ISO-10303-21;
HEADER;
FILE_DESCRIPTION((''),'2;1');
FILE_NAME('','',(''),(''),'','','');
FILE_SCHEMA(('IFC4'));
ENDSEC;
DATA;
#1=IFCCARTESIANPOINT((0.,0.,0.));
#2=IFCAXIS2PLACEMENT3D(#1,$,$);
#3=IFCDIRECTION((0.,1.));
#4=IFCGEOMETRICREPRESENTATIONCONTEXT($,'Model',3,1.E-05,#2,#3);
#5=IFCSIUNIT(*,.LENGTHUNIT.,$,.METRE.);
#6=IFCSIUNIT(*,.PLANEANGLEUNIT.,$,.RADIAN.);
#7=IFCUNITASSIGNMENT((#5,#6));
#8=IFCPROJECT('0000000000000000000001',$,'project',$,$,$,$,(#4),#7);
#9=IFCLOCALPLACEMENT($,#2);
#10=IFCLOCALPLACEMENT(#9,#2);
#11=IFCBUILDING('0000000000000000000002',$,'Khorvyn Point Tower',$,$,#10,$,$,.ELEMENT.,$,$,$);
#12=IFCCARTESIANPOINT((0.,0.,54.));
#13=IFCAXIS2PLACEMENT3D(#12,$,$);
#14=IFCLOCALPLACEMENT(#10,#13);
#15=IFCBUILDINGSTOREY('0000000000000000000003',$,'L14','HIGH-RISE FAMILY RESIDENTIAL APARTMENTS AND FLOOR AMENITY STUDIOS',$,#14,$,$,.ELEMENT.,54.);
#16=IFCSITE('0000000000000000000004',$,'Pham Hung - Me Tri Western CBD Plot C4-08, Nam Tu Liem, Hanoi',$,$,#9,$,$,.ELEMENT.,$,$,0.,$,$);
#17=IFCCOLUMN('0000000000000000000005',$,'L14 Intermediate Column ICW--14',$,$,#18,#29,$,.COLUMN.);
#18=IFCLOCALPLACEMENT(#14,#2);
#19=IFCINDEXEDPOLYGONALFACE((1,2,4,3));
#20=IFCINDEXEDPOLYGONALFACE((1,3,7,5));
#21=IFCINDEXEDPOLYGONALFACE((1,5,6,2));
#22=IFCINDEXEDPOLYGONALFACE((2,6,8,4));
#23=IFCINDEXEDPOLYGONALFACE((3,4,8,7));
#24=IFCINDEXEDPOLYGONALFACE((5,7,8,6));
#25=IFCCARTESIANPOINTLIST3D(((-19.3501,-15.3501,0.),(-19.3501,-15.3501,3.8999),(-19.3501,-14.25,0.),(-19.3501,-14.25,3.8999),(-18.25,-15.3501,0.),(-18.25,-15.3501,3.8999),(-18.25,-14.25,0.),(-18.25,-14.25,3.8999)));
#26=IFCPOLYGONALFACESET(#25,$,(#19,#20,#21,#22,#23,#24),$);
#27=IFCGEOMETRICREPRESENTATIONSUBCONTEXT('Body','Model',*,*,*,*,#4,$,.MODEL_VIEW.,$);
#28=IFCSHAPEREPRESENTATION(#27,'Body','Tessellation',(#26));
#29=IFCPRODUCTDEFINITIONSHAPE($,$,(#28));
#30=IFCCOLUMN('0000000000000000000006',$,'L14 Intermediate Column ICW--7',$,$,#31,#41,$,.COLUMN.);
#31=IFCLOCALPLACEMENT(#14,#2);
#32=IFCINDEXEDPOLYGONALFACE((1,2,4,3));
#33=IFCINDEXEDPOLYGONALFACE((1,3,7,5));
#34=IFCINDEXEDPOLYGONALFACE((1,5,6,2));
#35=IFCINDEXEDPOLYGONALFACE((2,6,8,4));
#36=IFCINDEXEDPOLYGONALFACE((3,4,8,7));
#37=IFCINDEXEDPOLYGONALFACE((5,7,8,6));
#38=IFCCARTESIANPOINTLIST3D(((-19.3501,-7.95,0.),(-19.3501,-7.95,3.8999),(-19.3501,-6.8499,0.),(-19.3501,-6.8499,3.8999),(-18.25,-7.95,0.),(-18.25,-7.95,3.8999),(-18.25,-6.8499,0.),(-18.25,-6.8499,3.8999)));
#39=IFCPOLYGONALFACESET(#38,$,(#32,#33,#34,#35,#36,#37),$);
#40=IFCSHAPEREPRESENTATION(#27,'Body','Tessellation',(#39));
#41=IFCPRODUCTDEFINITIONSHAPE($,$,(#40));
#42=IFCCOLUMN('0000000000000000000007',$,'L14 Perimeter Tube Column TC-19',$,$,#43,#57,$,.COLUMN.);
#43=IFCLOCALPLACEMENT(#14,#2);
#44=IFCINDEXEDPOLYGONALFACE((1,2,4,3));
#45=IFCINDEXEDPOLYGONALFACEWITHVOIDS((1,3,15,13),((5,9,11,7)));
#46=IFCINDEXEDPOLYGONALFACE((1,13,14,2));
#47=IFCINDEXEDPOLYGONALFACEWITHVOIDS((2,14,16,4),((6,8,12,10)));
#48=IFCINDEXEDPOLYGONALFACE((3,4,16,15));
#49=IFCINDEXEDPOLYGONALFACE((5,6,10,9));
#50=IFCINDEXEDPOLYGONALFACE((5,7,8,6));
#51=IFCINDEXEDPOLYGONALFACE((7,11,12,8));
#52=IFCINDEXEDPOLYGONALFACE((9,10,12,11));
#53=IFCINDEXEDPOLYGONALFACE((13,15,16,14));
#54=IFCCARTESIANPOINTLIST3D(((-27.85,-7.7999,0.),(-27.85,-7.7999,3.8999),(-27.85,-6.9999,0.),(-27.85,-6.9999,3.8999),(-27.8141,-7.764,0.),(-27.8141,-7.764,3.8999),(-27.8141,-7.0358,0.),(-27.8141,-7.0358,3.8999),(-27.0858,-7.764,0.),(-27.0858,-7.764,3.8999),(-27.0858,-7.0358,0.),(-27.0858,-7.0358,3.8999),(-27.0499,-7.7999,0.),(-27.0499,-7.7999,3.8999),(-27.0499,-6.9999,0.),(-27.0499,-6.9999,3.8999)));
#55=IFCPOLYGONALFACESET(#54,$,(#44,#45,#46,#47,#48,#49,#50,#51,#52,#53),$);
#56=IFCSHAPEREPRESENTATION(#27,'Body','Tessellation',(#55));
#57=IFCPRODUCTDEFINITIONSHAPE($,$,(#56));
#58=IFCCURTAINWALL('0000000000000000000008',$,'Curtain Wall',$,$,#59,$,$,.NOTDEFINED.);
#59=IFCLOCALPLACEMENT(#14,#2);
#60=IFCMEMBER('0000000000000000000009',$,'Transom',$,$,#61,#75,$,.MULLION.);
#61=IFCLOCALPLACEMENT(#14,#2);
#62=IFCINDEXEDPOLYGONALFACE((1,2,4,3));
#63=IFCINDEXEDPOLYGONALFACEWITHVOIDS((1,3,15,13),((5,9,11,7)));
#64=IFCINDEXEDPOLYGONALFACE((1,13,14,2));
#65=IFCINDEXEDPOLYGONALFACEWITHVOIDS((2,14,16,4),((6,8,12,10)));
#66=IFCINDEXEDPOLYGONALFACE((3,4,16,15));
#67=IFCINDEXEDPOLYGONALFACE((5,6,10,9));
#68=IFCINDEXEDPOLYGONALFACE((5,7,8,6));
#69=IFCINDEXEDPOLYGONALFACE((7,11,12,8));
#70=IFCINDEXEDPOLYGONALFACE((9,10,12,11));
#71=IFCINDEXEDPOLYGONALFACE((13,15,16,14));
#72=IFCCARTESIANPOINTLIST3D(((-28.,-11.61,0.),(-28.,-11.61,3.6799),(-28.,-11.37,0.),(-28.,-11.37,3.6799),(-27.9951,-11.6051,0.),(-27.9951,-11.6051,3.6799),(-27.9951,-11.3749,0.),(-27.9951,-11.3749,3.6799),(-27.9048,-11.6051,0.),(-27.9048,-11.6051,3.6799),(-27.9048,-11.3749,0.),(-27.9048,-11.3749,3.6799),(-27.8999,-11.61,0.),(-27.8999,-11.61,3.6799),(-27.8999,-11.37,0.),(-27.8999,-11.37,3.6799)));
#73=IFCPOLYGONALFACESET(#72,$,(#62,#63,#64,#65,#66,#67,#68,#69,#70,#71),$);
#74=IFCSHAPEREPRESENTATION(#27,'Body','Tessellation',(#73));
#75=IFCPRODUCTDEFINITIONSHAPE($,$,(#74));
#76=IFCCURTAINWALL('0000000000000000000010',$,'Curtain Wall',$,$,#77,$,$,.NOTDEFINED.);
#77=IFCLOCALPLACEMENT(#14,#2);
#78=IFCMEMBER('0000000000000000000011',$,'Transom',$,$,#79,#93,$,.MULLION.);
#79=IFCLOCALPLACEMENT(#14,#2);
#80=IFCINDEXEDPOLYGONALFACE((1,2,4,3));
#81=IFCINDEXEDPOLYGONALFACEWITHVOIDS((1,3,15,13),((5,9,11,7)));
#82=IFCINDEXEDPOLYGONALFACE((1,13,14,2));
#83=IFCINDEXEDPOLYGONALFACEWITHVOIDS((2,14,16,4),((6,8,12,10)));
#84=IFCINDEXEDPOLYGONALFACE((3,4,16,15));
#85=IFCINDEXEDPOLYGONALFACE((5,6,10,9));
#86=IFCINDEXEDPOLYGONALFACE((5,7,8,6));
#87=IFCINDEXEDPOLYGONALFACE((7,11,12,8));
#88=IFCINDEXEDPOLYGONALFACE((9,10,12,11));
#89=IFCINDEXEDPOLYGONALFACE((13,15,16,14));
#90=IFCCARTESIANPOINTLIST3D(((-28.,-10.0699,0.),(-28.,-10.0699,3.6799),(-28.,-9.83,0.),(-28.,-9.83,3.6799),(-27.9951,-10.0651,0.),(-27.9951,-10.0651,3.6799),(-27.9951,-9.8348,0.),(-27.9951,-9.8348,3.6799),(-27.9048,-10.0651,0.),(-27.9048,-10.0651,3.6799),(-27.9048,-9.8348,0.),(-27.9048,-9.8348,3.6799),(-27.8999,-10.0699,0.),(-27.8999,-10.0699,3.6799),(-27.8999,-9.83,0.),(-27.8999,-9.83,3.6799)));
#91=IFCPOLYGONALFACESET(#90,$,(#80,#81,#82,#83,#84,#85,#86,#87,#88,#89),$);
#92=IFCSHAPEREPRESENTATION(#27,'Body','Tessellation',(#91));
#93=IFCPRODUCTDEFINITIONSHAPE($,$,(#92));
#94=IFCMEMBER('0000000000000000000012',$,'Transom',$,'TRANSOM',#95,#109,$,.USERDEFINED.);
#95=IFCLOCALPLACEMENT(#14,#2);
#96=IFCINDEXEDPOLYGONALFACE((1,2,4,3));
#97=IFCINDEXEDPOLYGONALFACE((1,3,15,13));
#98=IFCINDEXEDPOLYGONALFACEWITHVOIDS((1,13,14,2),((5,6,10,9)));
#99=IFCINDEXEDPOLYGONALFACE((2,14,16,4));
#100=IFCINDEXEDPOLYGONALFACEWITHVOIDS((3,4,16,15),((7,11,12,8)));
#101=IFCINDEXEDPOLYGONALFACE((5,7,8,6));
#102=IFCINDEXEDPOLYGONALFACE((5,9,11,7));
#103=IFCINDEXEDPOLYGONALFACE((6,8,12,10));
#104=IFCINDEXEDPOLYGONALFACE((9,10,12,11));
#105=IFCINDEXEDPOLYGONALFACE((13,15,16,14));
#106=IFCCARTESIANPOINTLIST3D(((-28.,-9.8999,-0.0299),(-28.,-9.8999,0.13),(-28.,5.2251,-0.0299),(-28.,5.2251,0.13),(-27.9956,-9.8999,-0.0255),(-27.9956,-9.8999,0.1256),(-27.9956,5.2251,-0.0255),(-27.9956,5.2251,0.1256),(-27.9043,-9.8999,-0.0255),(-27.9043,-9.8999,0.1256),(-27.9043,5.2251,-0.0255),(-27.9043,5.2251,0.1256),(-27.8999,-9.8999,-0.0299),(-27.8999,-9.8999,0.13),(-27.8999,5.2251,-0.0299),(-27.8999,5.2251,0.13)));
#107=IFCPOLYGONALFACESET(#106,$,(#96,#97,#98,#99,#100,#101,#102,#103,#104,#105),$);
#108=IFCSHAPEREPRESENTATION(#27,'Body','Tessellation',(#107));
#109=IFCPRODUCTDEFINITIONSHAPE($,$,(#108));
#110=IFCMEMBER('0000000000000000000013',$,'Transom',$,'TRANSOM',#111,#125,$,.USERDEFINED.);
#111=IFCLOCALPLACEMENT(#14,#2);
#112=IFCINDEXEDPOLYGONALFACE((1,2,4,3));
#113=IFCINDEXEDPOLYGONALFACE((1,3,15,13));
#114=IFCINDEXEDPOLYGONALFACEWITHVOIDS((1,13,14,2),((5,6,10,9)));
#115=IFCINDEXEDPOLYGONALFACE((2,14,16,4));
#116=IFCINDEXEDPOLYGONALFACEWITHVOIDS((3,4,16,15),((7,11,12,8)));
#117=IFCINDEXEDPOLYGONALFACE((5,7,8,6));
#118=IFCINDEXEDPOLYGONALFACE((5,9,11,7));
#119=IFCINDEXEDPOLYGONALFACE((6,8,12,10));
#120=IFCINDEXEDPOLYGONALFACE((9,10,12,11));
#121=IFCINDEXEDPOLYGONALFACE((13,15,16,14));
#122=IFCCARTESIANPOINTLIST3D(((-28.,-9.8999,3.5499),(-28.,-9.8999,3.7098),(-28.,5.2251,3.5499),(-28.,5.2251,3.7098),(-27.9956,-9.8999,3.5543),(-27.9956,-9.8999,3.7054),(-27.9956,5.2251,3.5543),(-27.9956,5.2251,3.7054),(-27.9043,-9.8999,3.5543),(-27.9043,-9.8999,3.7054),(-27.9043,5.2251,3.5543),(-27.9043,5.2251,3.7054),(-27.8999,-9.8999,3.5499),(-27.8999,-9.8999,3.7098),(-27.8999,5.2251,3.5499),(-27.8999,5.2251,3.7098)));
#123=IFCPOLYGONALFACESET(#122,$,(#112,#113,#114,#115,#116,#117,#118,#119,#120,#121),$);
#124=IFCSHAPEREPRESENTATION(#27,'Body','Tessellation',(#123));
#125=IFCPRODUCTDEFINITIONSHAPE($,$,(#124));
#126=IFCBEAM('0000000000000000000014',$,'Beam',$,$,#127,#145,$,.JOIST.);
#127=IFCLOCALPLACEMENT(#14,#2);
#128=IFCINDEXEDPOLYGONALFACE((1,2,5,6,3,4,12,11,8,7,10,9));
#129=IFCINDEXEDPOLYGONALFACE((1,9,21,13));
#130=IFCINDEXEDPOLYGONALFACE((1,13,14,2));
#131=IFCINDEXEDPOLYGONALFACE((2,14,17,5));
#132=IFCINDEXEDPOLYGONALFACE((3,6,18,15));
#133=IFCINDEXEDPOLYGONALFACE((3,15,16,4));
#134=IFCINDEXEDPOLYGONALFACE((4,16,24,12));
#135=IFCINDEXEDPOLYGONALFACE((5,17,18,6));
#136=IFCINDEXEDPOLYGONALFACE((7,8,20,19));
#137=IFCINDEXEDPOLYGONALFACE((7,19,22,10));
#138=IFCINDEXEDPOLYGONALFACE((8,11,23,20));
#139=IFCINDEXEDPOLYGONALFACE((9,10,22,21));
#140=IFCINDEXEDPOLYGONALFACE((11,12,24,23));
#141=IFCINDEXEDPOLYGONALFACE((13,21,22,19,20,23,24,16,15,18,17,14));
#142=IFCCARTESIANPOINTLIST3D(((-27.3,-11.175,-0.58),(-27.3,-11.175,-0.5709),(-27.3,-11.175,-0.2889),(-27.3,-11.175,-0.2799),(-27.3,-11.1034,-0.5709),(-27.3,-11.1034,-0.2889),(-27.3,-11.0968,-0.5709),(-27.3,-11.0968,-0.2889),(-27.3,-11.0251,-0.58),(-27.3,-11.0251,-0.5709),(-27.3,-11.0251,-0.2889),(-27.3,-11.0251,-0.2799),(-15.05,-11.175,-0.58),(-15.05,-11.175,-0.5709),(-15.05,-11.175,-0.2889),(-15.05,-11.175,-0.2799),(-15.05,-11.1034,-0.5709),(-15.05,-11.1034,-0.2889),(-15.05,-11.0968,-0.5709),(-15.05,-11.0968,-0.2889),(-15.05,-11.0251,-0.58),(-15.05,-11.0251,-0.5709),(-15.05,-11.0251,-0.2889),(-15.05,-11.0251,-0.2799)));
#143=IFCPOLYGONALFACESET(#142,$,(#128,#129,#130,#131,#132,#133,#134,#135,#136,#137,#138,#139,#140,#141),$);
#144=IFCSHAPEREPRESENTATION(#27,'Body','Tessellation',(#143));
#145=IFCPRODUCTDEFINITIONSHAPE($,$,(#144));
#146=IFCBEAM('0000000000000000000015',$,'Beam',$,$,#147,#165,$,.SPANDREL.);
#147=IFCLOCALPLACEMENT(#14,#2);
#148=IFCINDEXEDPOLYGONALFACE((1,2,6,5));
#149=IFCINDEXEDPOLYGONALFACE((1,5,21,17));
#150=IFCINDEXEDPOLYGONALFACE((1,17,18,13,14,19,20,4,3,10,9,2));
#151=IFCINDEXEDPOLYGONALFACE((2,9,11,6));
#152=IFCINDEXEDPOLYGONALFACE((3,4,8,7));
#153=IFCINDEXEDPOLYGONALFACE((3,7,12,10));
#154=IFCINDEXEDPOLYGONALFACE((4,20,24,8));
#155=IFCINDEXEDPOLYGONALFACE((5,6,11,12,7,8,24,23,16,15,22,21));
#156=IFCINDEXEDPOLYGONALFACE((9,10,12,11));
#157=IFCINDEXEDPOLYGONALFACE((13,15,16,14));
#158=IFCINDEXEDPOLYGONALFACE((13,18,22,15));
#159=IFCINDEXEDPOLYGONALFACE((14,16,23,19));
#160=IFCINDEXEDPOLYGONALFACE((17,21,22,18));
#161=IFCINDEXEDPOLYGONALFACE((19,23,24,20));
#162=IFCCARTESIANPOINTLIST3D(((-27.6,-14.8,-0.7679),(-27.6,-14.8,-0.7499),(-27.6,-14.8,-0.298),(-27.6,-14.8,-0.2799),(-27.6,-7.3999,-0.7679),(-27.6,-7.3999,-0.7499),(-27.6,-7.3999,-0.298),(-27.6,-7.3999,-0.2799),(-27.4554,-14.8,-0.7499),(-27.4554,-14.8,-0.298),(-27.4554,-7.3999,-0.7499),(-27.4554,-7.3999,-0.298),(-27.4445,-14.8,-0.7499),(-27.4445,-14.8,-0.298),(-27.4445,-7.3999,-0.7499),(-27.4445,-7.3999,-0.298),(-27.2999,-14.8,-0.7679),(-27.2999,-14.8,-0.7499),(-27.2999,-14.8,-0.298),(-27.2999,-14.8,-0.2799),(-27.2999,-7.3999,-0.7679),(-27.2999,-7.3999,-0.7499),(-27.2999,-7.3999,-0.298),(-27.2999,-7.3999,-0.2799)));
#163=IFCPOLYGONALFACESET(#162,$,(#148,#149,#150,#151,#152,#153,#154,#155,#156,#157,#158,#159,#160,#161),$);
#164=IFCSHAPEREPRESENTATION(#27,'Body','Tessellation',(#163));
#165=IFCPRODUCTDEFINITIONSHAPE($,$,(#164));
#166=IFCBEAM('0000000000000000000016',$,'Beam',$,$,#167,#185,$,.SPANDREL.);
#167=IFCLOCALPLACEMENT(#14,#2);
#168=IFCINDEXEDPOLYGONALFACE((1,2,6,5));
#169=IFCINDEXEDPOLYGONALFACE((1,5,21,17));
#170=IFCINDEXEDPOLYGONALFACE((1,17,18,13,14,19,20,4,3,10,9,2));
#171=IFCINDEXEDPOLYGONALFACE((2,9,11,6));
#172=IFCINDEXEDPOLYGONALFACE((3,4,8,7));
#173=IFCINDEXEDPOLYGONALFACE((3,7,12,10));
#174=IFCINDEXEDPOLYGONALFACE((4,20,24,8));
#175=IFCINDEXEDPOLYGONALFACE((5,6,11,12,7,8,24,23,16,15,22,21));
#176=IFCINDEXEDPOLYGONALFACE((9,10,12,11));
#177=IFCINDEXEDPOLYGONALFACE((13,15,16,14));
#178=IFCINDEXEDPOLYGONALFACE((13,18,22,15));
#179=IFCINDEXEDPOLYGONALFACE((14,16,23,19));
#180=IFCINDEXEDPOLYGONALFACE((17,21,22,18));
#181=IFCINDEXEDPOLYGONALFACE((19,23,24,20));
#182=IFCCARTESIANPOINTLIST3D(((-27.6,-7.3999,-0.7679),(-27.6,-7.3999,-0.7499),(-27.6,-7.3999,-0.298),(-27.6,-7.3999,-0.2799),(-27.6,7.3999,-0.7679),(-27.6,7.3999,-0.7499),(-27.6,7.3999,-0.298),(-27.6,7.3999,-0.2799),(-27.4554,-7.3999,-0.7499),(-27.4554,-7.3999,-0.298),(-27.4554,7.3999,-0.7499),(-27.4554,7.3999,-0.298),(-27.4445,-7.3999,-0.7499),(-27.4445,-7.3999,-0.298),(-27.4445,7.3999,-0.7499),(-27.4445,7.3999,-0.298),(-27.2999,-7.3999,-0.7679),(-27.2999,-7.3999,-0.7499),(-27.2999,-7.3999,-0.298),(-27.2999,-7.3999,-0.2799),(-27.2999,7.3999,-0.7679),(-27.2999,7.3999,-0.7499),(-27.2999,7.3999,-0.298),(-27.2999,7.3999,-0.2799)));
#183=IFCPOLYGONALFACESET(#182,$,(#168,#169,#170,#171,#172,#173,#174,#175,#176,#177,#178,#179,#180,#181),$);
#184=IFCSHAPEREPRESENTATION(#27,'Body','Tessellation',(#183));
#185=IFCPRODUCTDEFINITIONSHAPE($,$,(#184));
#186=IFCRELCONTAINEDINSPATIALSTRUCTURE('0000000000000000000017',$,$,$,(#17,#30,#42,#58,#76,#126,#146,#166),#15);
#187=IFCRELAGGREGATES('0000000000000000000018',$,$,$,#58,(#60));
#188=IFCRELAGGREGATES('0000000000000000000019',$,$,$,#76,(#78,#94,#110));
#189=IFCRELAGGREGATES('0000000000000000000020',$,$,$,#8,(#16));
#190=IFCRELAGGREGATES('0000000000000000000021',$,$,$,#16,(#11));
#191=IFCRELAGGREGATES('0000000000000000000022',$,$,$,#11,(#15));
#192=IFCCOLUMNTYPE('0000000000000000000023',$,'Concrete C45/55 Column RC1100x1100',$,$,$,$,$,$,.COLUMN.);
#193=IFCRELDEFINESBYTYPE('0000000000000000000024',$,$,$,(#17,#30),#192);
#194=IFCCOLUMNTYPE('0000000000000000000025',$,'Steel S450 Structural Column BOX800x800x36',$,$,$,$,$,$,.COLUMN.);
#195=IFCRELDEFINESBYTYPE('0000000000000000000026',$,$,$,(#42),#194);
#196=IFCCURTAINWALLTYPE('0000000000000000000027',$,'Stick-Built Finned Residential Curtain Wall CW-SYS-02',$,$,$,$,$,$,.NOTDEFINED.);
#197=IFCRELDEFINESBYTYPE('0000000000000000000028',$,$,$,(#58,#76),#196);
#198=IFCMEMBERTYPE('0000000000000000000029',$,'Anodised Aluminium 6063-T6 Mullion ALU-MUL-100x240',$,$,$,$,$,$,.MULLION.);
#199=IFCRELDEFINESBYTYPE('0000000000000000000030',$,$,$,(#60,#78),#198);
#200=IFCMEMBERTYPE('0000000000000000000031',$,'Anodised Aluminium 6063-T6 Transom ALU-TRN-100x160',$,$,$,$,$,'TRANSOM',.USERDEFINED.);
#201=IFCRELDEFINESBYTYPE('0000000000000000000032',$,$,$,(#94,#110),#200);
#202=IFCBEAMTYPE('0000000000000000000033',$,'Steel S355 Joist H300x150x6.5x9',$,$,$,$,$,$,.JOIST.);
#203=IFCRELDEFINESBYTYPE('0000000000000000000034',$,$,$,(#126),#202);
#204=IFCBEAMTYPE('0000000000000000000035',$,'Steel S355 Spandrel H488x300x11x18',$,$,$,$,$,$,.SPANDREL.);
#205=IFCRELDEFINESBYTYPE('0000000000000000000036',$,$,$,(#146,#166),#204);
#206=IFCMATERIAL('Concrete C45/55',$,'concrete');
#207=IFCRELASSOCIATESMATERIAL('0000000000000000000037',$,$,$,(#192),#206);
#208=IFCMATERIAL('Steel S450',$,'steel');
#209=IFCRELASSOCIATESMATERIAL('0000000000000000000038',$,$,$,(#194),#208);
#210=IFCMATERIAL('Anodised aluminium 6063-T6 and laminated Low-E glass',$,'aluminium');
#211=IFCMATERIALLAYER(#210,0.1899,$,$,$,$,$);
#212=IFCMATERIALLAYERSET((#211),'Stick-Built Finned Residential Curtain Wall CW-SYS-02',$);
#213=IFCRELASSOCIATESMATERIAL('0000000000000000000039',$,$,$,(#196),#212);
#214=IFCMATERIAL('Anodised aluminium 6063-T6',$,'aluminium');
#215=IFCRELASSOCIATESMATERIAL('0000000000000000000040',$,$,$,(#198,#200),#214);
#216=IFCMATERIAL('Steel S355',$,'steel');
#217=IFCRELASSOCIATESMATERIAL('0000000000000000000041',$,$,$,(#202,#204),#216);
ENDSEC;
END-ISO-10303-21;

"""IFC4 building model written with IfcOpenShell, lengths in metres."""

from ifc_helpers import new_model, si_unit, direction, frame, origin, origin_2d, place, context, subcontext, project, spatial, rectangle, hollow_rectangle, i_section, extrude, material, layer, layer_set, material_profile, profile_set, type_object, element, aggregate, save


model = new_model("IFC4")

# Units and contexts
model_context = context("Model", 3, precision=1e-05, world=origin(), true_north=direction((0.0, 1.0)))
body_context = subcontext(model_context, "Body", "Model", "MODEL_VIEW")
ifc_project = project(units=[si_unit("LENGTHUNIT", "METRE"), si_unit("PLANEANGLEUNIT", "RADIAN")], contexts=[model_context])

# Site, building, storey
site_placement = place(None, origin())
site = spatial("IfcSite", under=ifc_project, at=site_placement, Name="Pham Hung - Me Tri Western CBD Plot C4-08, Nam Tu Liem, Hanoi", CompositionType="ELEMENT", RefElevation=0.0)
building_placement = place(site_placement, origin())
building = spatial("IfcBuilding", under=site, at=building_placement, Name="Khorvyn Point Tower", CompositionType="ELEMENT")
storey_placement = place(building_placement, frame((0.0, 0.0, 54.0)))
storey = spatial("IfcBuildingStorey", under=building, at=storey_placement, Name="L14", Description="HIGH-RISE FAMILY RESIDENTIAL APARTMENTS AND FLOOR AMENITY STUDIOS", CompositionType="ELEMENT", Elevation=54.0)

# Columns
ifc_material_1 = material(Name="Concrete C45/55", Category="concrete")
ifc_material_profile_1 = material_profile(ifc_material_1, rectangle(XDim=1.1001, YDim=1.1001, at=origin_2d()))
ifc_profile_set_1 = profile_set([ifc_material_profile_1], Name="Concrete C45/55 RC1100x1100")
column_type_1 = type_object("IfcColumnType", Name="Concrete C45/55 Column RC1100x1100", PredefinedType="COLUMN", material=ifc_profile_set_1)
for number, where, z_axis, x_axis, name in (
    (1, (-18.8, -14.8, 0.0), (0.0, 0.0, 1.0), (1.0, 0.0, 0.0), "L14 Intermediate Column ICW--14"),
    (2, (-18.8, -7.3999, 0.0), (0.0, 0.0, 1.0), (1.0, 0.0, 0.0), "L14 Intermediate Column ICW--7"),
):
    element("IfcColumn", number, at=place(storey_placement, frame(where, z_axis=z_axis, x_axis=x_axis)), inside=storey, type_object=column_type_1, Name=name, PredefinedType="COLUMN", context=body_context, shape_type="SweptSolid", body=[
        extrude(rectangle(XDim=1.1001, YDim=1.1001, at=origin_2d()), origin(), (0.0, 0.0, 1.0), 3.8999),
    ])
ifc_material_2 = material(Name="Steel S450", Category="steel")
ifc_material_profile_2 = material_profile(ifc_material_2, hollow_rectangle(XDim=0.8, YDim=0.8, WallThickness=0.0359, at=origin_2d()))
ifc_profile_set_2 = profile_set([ifc_material_profile_2], Name="Steel S450 BOX800x800x36")
column_type_2 = type_object("IfcColumnType", Name="Steel S450 Structural Column BOX800x800x36", PredefinedType="COLUMN", material=ifc_profile_set_2)
column_placement = place(storey_placement, frame((-27.45, -7.3999, 0.0), z_axis=(0.0, 0.0, 1.0), x_axis=(1.0, 0.0, 0.0)))
element("IfcColumn", 3, at=column_placement, inside=storey, type_object=column_type_2, Name="L14 Perimeter Tube Column TC-19", PredefinedType="COLUMN", context=body_context, shape_type="SweptSolid", body=[
    extrude(hollow_rectangle(XDim=0.8, YDim=0.8, WallThickness=0.0359, at=origin_2d()), origin(), (0.0, 0.0, 1.0), 3.8999),
])

# Curtain wall, member
ifc_material_3 = material(Name="Anodised aluminium 6063-T6 and laminated Low-E glass", Category="aluminium")
ifc_layer_1 = layer(ifc_material_3, 0.1899)
ifc_layer_set_1 = layer_set([ifc_layer_1], Name="Stick-Built Finned Residential Curtain Wall CW-SYS-02")
curtain_wall_type = type_object("IfcCurtainWallType", Name="Stick-Built Finned Residential Curtain Wall CW-SYS-02", PredefinedType="NOTDEFINED", material=ifc_layer_set_1)
curtain_wall_1_placement = place(storey_placement, origin())
curtain_wall_1 = element("IfcCurtainWall", 4, at=curtain_wall_1_placement, inside=storey, type_object=curtain_wall_type, Name="Curtain Wall", PredefinedType="NOTDEFINED")
ifc_material_4 = material(Name="Anodised aluminium 6063-T6", Category="aluminium")
ifc_material_profile_3 = material_profile(ifc_material_4, hollow_rectangle(XDim=0.1001, YDim=0.24, WallThickness=0.0049, at=origin_2d()))
ifc_profile_set_3 = profile_set([ifc_material_profile_3], Name="Anodised aluminium 6063-T6 ALU-MUL-100x240")
member_type_1 = type_object("IfcMemberType", Name="Anodised Aluminium 6063-T6 Mullion ALU-MUL-100x240", PredefinedType="MULLION", material=ifc_profile_set_3)
member_1_placement = place(storey_placement, frame((-27.95, -11.49, 0.0), z_axis=(0.0, 0.0, 1.0), x_axis=(-1.0, 0.0, 0.0)))
member_1 = element("IfcMember", 5, at=member_1_placement, type_object=member_type_1, Name="Transom", PredefinedType="MULLION", context=body_context, shape_type="SweptSolid", body=[
    extrude(hollow_rectangle(XDim=0.1001, YDim=0.24, WallThickness=0.0049, at=origin_2d()), origin(), (0.0, 0.0, 1.0), 3.6799),
])
aggregate(curtain_wall_1, [member_1])

# Curtain wall, members
curtain_wall_2_placement = place(storey_placement, origin())
curtain_wall_2 = element("IfcCurtainWall", 6, at=curtain_wall_2_placement, inside=storey, type_object=curtain_wall_type, Name="Curtain Wall", PredefinedType="NOTDEFINED")
member_2_placement = place(storey_placement, frame((-27.95, -9.95, 0.0), z_axis=(0.0, 0.0, 1.0), x_axis=(-1.0, 0.0, 0.0)))
member_2 = element("IfcMember", 7, at=member_2_placement, type_object=member_type_1, Name="Transom", PredefinedType="MULLION", context=body_context, shape_type="SweptSolid", body=[
    extrude(hollow_rectangle(XDim=0.1001, YDim=0.24, WallThickness=0.0049, at=origin_2d()), origin(), (0.0, 0.0, 1.0), 3.6799),
])
ifc_material_profile_4 = material_profile(ifc_material_4, hollow_rectangle(XDim=0.1001, YDim=0.1599, WallThickness=0.0044, at=origin_2d()))
ifc_profile_set_4 = profile_set([ifc_material_profile_4], Name="Anodised aluminium 6063-T6 ALU-TRN-100x160")
member_type_2 = type_object("IfcMemberType", Name="Anodised Aluminium 6063-T6 Transom ALU-TRN-100x160", ElementType="TRANSOM", PredefinedType="USERDEFINED", material=ifc_profile_set_4)
member_3_placement = place(storey_placement, frame((-27.95, -9.8999, 0.05), z_axis=(0.0, 1.0, 0.0), x_axis=(-1.0, 0.0, 0.0)))
member_3 = element("IfcMember", 8, at=member_3_placement, type_object=member_type_2, Name="Transom", ObjectType="TRANSOM", PredefinedType="USERDEFINED", context=body_context, shape_type="SweptSolid", body=[
    extrude(hollow_rectangle(XDim=0.1001, YDim=0.1599, WallThickness=0.0044, at=origin_2d()), origin(), (0.0, 0.0, 1.0), 15.125),
])
member_4_placement = place(storey_placement, frame((-27.95, -9.8999, 3.6299), z_axis=(0.0, 1.0, 0.0), x_axis=(-1.0, 0.0, 0.0)))
member_4 = element("IfcMember", 9, at=member_4_placement, type_object=member_type_2, Name="Transom", ObjectType="TRANSOM", PredefinedType="USERDEFINED", context=body_context, shape_type="SweptSolid", body=[
    extrude(hollow_rectangle(XDim=0.1001, YDim=0.1599, WallThickness=0.0044, at=origin_2d()), origin(), (0.0, 0.0, 1.0), 15.125),
])

# Beams
ifc_material_5 = material(Name="Steel S355", Category="steel")
ifc_material_profile_5 = material_profile(ifc_material_5, i_section(OverallWidth=0.1499, OverallDepth=0.3, WebThickness=0.0066, FlangeThickness=0.009, at=origin_2d()))
ifc_profile_set_5 = profile_set([ifc_material_profile_5], Name="Steel S355 H300x150x6.5x9")
beam_type_1 = type_object("IfcBeamType", Name="Steel S355 Joist H300x150x6.5x9", PredefinedType="JOIST", material=ifc_profile_set_5)
beam_1_placement = place(storey_placement, frame((-27.3, -11.1001, -0.4299), z_axis=(1.0, 0.0, 0.0), x_axis=(0.0, 1.0, 0.0)))
element("IfcBeam", 10, at=beam_1_placement, inside=storey, type_object=beam_type_1, Name="Beam", PredefinedType="JOIST", context=body_context, shape_type="SweptSolid", body=[
    extrude(i_section(OverallWidth=0.1499, OverallDepth=0.3, WebThickness=0.0066, FlangeThickness=0.009, at=origin_2d()), origin(), (0.0, 0.0, 1.0), 12.25),
])
ifc_material_profile_6 = material_profile(ifc_material_5, i_section(OverallWidth=0.3, OverallDepth=0.488, WebThickness=0.011, FlangeThickness=0.0181, at=origin_2d()))
ifc_profile_set_6 = profile_set([ifc_material_profile_6], Name="Steel S355 H488x300x11x18")
beam_type_2 = type_object("IfcBeamType", Name="Steel S355 Spandrel H488x300x11x18", PredefinedType="SPANDREL", material=ifc_profile_set_6)
beam_2_placement = place(storey_placement, frame((-27.45, -14.8, -0.5239), z_axis=(0.0, 1.0, 0.0), x_axis=(-1.0, 0.0, 0.0)))
element("IfcBeam", 11, at=beam_2_placement, inside=storey, type_object=beam_type_2, Name="Beam", PredefinedType="SPANDREL", context=body_context, shape_type="SweptSolid", body=[
    extrude(i_section(OverallWidth=0.3, OverallDepth=0.488, WebThickness=0.011, FlangeThickness=0.0181, at=origin_2d()), origin(), (0.0, 0.0, 1.0), 7.4001),
])
beam_3_placement = place(storey_placement, frame((-27.45, -7.3999, -0.5239), z_axis=(0.0, 1.0, 0.0), x_axis=(-1.0, 0.0, 0.0)))
element("IfcBeam", 12, at=beam_3_placement, inside=storey, type_object=beam_type_2, Name="Beam", PredefinedType="SPANDREL", context=body_context, shape_type="SweptSolid", body=[
    extrude(i_section(OverallWidth=0.3, OverallDepth=0.488, WebThickness=0.011, FlangeThickness=0.0181, at=origin_2d()), origin(), (0.0, 0.0, 1.0), 14.7998),
])

aggregate(curtain_wall_2, [member_2, member_3, member_4])

save(model, "model.ifc")
